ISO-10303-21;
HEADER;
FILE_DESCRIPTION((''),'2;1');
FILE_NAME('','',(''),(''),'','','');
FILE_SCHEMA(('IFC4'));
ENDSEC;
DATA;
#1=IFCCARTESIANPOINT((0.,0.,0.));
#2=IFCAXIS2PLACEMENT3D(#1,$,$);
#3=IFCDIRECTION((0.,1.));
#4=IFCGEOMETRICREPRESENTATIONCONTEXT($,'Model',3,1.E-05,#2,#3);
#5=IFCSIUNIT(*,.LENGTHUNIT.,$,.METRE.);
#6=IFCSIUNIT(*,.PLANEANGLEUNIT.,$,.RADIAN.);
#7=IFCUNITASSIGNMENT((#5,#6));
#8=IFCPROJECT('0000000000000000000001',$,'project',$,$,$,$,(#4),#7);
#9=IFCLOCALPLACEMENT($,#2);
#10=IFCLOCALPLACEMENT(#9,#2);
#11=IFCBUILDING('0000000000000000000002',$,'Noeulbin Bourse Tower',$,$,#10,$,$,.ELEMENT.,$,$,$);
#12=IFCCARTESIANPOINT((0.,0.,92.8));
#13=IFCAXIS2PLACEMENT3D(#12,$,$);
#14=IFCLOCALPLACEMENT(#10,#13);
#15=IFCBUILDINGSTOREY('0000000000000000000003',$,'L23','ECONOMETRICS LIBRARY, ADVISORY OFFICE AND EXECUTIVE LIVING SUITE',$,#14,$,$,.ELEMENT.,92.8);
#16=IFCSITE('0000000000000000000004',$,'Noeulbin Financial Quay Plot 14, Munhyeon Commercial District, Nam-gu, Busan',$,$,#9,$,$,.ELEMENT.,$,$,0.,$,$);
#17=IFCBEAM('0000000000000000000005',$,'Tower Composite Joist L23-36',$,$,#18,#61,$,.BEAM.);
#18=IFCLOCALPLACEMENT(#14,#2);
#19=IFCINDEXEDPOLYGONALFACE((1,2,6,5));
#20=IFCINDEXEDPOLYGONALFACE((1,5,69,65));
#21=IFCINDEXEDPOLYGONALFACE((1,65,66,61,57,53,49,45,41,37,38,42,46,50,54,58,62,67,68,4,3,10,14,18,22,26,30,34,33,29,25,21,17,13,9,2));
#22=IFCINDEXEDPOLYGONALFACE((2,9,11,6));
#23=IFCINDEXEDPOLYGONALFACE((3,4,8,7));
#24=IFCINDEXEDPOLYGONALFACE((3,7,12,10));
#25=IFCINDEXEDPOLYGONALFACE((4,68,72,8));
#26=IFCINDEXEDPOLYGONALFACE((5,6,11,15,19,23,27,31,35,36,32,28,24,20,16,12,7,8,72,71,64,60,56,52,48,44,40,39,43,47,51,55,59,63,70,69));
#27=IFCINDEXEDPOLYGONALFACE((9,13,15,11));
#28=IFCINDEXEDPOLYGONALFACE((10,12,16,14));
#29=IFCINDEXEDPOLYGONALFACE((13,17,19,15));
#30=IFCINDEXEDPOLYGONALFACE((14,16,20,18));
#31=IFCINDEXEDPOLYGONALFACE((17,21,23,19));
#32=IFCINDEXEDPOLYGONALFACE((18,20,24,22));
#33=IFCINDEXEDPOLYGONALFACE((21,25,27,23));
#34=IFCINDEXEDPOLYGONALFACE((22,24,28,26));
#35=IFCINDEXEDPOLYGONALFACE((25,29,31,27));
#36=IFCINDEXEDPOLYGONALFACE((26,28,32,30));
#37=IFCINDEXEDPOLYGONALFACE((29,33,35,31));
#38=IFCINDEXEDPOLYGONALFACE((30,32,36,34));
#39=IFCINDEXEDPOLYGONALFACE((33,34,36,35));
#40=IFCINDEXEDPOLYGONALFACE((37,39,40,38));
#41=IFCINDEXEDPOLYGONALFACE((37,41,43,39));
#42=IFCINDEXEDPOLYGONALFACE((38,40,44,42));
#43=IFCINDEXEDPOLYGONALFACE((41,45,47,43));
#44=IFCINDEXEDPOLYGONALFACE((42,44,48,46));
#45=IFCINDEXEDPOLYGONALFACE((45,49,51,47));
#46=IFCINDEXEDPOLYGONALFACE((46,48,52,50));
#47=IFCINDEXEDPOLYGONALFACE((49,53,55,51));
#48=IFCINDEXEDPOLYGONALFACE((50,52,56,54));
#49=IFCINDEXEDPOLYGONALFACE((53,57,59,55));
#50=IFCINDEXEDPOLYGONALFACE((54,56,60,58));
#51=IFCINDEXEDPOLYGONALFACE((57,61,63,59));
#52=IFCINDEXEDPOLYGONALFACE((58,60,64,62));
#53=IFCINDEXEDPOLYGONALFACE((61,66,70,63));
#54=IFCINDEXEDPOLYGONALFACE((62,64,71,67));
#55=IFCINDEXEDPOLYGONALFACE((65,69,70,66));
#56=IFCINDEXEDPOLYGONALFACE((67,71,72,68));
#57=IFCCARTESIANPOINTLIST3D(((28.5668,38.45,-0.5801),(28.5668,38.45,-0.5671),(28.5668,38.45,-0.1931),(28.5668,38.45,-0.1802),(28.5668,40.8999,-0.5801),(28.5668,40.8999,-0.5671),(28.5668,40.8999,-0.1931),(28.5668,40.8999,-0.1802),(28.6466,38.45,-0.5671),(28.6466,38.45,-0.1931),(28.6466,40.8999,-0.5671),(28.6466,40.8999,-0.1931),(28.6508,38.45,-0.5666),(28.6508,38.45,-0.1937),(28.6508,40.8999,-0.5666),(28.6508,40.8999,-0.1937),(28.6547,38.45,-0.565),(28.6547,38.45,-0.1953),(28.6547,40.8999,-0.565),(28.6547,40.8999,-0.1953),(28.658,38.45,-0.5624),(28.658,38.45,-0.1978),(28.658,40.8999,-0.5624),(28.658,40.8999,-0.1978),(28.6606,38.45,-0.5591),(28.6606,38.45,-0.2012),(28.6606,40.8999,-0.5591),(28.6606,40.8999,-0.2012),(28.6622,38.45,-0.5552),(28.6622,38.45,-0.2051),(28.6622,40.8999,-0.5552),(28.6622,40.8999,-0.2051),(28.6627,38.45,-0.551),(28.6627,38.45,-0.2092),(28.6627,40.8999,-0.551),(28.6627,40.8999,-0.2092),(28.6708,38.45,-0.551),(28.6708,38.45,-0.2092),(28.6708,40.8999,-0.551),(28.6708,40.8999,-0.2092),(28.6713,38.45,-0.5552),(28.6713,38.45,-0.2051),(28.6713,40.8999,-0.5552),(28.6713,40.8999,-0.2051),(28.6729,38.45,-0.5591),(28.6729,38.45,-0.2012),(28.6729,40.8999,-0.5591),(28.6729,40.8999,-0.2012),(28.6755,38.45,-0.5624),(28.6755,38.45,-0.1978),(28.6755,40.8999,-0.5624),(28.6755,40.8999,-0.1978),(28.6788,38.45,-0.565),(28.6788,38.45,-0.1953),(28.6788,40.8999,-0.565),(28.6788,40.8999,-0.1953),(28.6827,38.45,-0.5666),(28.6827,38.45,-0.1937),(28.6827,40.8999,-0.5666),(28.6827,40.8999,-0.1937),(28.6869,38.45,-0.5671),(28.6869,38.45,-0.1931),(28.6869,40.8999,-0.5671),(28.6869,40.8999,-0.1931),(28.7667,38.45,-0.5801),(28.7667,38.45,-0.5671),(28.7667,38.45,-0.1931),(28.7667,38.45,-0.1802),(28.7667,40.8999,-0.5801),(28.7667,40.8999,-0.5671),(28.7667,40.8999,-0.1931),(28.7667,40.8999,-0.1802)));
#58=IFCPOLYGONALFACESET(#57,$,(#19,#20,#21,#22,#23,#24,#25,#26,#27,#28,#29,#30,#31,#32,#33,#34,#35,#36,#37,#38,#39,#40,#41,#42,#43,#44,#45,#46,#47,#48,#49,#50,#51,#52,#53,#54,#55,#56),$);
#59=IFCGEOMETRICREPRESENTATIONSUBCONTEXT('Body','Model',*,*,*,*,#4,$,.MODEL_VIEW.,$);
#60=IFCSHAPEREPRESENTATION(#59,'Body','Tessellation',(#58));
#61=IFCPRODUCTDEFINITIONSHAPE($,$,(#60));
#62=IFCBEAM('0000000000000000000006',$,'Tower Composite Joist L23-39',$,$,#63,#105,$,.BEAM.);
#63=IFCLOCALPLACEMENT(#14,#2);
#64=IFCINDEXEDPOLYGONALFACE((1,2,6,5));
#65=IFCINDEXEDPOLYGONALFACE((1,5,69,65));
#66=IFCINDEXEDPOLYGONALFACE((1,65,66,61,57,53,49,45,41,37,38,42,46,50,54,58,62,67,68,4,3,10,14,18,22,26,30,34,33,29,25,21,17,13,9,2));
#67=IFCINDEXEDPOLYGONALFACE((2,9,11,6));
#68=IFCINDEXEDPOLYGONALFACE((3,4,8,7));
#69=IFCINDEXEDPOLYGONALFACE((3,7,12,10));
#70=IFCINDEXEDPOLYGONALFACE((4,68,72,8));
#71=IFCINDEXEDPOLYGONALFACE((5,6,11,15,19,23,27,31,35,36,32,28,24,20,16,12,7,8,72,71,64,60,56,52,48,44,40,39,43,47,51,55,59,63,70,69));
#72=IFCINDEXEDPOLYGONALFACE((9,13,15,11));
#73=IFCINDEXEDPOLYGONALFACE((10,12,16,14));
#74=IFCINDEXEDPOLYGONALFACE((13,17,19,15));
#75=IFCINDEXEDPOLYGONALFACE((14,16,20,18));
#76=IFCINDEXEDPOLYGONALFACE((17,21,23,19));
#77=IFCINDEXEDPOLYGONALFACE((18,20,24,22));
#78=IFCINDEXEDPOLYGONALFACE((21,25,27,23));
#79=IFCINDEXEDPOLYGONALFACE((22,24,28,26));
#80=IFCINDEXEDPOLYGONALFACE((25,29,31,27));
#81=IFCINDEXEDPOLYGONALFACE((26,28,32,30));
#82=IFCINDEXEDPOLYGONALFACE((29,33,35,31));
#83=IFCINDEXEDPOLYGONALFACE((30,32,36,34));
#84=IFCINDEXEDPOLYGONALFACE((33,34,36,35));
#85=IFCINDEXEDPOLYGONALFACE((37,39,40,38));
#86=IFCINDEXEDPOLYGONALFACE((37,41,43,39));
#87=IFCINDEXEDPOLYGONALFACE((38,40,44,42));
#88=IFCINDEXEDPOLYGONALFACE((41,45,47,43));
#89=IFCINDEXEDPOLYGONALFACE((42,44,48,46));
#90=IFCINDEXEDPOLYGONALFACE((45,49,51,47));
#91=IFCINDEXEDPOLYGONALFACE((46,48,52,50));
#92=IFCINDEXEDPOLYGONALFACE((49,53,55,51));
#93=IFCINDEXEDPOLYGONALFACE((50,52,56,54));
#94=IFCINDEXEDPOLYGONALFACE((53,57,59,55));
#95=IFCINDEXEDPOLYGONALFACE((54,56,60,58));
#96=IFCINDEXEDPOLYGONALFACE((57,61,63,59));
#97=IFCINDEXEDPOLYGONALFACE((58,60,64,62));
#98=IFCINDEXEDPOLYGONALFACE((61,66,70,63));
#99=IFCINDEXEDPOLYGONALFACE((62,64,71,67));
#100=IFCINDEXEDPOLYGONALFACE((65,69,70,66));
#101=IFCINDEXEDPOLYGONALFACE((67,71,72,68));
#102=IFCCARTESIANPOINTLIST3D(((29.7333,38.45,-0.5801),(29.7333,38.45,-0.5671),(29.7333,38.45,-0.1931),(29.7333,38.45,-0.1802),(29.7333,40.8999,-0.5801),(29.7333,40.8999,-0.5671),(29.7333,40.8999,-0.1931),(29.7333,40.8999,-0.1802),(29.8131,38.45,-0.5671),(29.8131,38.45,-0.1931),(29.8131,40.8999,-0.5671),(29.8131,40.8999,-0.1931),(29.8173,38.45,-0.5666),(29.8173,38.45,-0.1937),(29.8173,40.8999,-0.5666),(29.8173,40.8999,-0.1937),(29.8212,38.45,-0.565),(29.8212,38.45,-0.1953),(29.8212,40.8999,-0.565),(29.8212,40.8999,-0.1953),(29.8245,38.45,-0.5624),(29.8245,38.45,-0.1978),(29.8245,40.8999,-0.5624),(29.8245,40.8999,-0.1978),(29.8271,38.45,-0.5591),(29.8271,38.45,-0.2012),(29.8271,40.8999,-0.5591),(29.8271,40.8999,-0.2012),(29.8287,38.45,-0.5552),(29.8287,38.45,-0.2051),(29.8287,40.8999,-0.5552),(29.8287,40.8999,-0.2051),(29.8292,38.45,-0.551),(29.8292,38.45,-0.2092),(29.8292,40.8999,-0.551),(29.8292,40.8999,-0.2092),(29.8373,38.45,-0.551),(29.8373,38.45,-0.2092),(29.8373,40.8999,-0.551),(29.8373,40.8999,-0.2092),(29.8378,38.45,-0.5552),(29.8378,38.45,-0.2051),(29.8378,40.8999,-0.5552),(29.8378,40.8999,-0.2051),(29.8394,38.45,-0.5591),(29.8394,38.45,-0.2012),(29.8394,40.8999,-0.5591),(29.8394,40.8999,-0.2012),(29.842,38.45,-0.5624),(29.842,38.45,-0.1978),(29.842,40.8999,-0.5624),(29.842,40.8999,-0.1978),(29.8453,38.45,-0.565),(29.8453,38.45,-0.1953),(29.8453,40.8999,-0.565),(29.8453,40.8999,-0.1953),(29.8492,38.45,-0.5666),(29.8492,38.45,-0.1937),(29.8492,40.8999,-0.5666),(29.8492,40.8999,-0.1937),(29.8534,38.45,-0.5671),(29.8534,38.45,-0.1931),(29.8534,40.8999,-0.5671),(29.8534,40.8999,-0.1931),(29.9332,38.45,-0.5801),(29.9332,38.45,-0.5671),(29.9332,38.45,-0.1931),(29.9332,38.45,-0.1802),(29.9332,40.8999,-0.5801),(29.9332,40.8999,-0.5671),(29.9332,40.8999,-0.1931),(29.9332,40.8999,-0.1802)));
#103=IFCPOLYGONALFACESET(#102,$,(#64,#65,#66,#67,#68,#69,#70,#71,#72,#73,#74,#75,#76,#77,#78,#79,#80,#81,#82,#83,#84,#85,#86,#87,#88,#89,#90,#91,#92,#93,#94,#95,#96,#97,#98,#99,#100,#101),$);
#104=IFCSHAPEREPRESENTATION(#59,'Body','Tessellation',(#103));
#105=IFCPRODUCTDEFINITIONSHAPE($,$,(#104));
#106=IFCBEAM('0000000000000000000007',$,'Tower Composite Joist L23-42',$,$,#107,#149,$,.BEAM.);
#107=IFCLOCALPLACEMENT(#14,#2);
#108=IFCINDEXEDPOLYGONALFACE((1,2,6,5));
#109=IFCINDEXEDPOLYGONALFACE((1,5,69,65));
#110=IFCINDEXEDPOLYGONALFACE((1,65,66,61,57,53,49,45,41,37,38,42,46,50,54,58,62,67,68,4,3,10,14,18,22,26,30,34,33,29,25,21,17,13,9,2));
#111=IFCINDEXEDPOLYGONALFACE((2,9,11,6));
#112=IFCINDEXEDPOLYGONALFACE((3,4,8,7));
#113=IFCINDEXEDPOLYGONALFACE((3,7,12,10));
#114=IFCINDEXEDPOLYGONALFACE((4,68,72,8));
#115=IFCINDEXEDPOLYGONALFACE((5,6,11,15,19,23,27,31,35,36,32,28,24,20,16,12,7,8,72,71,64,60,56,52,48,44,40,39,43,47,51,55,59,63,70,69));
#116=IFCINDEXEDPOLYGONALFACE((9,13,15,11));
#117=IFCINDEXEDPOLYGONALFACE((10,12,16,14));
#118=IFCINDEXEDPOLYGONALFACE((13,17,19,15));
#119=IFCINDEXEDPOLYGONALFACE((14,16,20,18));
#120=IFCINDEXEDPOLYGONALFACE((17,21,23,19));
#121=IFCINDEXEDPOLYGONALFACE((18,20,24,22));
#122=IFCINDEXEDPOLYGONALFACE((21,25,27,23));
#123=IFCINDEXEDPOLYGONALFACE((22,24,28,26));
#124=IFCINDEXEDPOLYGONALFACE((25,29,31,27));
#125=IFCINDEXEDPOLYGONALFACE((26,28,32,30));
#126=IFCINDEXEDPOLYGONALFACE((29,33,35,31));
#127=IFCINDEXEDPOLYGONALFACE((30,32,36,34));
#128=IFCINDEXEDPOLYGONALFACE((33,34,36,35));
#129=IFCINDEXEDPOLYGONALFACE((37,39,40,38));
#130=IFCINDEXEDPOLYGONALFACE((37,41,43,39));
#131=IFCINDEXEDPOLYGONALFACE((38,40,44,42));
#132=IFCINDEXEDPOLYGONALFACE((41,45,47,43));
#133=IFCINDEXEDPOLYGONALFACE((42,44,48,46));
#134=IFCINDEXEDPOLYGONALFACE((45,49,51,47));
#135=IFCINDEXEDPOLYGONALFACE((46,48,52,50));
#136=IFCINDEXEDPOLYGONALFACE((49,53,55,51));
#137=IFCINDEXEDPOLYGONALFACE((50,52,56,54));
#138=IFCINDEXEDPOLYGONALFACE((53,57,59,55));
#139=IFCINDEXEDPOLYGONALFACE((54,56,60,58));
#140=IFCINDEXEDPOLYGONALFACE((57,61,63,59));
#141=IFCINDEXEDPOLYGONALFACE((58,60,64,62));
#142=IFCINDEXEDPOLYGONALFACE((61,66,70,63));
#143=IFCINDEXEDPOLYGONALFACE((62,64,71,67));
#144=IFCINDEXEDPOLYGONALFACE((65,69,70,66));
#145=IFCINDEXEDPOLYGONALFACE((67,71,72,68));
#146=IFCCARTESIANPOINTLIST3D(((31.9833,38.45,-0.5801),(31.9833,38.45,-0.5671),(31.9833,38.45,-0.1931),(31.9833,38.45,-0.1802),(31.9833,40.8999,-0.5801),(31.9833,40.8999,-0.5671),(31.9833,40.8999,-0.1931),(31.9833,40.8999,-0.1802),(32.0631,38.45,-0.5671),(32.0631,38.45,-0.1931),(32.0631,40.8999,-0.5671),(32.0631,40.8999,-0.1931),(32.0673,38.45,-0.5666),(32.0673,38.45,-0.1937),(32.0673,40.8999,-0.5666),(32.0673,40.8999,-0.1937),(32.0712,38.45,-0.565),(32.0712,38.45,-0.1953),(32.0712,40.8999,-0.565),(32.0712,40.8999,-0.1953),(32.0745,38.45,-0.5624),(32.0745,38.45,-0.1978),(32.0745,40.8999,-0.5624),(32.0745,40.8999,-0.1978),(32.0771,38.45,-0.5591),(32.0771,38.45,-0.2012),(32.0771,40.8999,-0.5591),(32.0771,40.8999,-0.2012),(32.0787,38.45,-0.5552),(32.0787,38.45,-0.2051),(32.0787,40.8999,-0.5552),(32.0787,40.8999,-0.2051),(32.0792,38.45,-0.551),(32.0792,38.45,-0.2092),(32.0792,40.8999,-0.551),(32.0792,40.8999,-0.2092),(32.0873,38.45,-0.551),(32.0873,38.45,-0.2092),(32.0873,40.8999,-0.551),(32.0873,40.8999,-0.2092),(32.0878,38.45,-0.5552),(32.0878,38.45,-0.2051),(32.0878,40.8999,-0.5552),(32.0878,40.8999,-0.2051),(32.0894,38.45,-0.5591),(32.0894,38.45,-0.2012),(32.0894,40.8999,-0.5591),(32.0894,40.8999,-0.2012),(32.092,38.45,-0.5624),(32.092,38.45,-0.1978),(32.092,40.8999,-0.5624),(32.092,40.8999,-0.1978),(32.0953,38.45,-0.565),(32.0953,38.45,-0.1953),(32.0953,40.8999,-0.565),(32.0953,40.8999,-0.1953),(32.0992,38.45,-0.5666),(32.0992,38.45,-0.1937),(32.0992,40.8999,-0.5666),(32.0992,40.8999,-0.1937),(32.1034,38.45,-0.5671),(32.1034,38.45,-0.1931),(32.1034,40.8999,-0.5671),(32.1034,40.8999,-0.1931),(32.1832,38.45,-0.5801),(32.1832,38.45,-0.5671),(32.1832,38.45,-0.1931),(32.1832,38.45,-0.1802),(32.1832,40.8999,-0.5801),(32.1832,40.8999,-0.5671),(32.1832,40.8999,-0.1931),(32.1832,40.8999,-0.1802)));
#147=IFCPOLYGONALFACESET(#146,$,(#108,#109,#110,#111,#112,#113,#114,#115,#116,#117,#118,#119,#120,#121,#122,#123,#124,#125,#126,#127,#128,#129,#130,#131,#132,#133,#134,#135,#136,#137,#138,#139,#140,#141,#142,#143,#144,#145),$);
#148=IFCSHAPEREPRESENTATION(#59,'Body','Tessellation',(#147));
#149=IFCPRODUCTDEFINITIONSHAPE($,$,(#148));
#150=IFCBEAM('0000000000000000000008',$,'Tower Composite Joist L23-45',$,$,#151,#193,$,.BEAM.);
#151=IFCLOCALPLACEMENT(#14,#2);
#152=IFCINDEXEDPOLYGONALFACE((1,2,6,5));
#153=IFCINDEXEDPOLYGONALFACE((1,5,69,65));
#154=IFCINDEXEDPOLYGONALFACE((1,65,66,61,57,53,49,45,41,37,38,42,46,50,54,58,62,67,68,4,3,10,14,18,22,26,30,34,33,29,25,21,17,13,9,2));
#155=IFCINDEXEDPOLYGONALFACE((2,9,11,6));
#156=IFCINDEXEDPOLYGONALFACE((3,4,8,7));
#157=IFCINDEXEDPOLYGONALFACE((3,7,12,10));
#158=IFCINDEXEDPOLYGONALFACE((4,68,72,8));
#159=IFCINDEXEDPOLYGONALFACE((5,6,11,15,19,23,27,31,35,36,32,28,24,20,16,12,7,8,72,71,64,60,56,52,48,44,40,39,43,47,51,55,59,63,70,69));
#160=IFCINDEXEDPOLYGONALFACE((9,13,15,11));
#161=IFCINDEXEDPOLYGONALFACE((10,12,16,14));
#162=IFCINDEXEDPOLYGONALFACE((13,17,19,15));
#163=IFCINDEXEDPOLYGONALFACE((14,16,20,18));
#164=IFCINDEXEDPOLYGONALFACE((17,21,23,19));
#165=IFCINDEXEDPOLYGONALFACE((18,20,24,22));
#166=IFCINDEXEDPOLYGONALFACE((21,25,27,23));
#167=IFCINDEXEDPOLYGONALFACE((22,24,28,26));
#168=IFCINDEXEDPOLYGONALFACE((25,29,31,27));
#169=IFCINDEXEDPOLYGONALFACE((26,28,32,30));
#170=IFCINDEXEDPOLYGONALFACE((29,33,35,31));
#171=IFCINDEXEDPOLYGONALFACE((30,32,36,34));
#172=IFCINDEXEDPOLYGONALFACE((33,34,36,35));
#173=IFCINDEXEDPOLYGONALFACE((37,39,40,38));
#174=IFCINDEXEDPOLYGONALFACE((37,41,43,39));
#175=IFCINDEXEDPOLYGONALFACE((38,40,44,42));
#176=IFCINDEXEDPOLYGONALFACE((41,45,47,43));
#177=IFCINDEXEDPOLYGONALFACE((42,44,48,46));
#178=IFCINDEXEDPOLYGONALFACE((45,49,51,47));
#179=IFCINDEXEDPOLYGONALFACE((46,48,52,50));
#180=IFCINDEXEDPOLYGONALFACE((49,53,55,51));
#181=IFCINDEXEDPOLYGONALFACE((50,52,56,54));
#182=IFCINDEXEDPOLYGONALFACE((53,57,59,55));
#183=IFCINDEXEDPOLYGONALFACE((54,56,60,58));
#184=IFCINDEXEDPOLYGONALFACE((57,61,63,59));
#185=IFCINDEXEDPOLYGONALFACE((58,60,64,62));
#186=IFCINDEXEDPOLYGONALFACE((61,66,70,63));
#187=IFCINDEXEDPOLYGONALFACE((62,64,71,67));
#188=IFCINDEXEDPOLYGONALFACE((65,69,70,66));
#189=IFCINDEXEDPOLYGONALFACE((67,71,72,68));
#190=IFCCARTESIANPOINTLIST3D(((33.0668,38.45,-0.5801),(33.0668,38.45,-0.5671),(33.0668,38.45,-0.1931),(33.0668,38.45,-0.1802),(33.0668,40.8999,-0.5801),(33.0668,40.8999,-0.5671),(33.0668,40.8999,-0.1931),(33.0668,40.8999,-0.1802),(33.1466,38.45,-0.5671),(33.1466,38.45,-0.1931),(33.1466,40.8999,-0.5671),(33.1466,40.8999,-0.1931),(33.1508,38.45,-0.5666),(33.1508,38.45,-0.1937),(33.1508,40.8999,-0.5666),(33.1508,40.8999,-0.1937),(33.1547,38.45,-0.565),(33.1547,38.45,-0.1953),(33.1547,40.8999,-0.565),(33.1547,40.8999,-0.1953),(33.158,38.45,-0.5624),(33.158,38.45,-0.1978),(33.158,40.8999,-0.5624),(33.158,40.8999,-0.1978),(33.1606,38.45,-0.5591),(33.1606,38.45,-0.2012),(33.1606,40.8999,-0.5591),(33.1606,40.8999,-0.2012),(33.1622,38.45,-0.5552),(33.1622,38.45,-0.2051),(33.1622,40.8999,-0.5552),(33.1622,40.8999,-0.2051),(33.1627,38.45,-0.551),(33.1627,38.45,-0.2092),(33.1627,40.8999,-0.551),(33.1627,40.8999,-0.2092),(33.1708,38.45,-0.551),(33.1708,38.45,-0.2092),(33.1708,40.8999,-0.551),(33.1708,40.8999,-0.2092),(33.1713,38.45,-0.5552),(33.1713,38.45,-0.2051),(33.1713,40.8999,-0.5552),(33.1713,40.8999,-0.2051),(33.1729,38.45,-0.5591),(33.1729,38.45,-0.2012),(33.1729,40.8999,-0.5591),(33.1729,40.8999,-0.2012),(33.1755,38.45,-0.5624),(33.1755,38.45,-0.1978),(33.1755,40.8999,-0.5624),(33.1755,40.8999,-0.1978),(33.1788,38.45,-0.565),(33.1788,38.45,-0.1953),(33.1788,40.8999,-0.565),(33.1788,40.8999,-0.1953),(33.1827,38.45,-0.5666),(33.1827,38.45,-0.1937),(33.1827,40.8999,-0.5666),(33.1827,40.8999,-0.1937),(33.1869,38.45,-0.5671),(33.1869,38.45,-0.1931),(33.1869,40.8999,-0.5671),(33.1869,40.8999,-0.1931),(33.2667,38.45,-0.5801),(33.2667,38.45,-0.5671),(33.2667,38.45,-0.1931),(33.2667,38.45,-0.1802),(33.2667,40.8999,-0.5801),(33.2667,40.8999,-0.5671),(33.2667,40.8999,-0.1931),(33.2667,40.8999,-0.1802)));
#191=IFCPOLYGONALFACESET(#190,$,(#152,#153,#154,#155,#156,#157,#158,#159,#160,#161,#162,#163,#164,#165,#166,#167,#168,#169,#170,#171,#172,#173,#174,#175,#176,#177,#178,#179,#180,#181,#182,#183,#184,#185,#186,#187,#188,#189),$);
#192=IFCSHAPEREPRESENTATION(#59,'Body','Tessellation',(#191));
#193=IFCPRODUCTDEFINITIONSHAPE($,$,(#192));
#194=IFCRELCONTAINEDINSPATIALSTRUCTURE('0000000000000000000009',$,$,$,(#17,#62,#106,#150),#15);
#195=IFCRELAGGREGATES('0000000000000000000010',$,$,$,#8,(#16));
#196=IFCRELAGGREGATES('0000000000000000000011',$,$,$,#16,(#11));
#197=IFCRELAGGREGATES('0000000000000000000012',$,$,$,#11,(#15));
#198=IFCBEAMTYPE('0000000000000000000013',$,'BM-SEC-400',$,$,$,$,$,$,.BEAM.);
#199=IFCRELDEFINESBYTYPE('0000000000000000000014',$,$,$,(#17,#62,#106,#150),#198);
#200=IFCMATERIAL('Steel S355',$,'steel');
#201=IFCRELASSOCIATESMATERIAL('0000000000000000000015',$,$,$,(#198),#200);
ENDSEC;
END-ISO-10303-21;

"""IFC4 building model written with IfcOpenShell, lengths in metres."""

from ifc_helpers import new_model, si_unit, direction, frame, origin, origin_2d, place, context, subcontext, project, spatial, i_section, extrude, material, material_profile, profile_set, type_object, element, save


model = new_model("IFC4")

# Units and contexts
model_context = context("Model", 3, precision=1e-05, world=origin(), true_north=direction((0.0, 1.0)))
body_context = subcontext(model_context, "Body", "Model", "MODEL_VIEW")
ifc_project = project(units=[si_unit("LENGTHUNIT", "METRE"), si_unit("PLANEANGLEUNIT", "RADIAN")], contexts=[model_context])

# Site, building, storey
site_placement = place(None, origin())
site = spatial("IfcSite", under=ifc_project, at=site_placement, Name="Noeulbin Financial Quay Plot 14, Munhyeon Commercial District, Nam-gu, Busan", CompositionType="ELEMENT", RefElevation=0.0)
building_placement = place(site_placement, origin())
building = spatial("IfcBuilding", under=site, at=building_placement, Name="Noeulbin Bourse Tower", CompositionType="ELEMENT")
storey_placement = place(building_placement, frame((0.0, 0.0, 92.8)))
storey = spatial("IfcBuildingStorey", under=building, at=storey_placement, Name="L23", Description="ECONOMETRICS LIBRARY, ADVISORY OFFICE AND EXECUTIVE LIVING SUITE", CompositionType="ELEMENT", Elevation=92.8)

# Beams
ifc_material_1 = material(Name="Steel S355", Category="steel")
ifc_material_profile_1 = material_profile(ifc_material_1, i_section(OverallWidth=0.2, OverallDepth=0.3999, WebThickness=0.0081, FlangeThickness=0.0129, FilletRadius=0.0161, at=origin_2d()), Name="H-400x200x8x13", Category="LoadBearing")
ifc_profile_set_1 = profile_set([ifc_material_profile_1], Name="Steel S355")
beam_type_1 = type_object("IfcBeamType", Name="BM-SEC-400", PredefinedType="BEAM", material=ifc_profile_set_1)
for number, where, z_axis, x_axis, name in (
    (1, (28.6667, 38.45, -0.3801), (0.0, 1.0, 0.0), (-1.0, 0.0, 0.0), "Tower Composite Joist L23-36"),
    (2, (29.8333, 38.45, -0.3801), (0.0, 1.0, 0.0), (-1.0, 0.0, 0.0), "Tower Composite Joist L23-39"),
    (3, (32.0833, 38.45, -0.3801), (0.0, 1.0, 0.0), (-1.0, 0.0, 0.0), "Tower Composite Joist L23-42"),
    (4, (33.1667, 38.45, -0.3801), (0.0, 1.0, 0.0), (-1.0, 0.0, 0.0), "Tower Composite Joist L23-45"),
):
    element("IfcBeam", number, at=place(storey_placement, frame(where, z_axis=z_axis, x_axis=x_axis)), inside=storey, type_object=beam_type_1, Name=name, PredefinedType="BEAM", context=body_context, shape_type="SweptSolid", body=[
        extrude(i_section(OverallWidth=0.2, OverallDepth=0.3999, WebThickness=0.0081, FlangeThickness=0.0129, FilletRadius=0.0161, at=origin_2d()), origin(), (0.0, 0.0, 1.0), 2.45),
    ])

save(model, "model.ifc")
